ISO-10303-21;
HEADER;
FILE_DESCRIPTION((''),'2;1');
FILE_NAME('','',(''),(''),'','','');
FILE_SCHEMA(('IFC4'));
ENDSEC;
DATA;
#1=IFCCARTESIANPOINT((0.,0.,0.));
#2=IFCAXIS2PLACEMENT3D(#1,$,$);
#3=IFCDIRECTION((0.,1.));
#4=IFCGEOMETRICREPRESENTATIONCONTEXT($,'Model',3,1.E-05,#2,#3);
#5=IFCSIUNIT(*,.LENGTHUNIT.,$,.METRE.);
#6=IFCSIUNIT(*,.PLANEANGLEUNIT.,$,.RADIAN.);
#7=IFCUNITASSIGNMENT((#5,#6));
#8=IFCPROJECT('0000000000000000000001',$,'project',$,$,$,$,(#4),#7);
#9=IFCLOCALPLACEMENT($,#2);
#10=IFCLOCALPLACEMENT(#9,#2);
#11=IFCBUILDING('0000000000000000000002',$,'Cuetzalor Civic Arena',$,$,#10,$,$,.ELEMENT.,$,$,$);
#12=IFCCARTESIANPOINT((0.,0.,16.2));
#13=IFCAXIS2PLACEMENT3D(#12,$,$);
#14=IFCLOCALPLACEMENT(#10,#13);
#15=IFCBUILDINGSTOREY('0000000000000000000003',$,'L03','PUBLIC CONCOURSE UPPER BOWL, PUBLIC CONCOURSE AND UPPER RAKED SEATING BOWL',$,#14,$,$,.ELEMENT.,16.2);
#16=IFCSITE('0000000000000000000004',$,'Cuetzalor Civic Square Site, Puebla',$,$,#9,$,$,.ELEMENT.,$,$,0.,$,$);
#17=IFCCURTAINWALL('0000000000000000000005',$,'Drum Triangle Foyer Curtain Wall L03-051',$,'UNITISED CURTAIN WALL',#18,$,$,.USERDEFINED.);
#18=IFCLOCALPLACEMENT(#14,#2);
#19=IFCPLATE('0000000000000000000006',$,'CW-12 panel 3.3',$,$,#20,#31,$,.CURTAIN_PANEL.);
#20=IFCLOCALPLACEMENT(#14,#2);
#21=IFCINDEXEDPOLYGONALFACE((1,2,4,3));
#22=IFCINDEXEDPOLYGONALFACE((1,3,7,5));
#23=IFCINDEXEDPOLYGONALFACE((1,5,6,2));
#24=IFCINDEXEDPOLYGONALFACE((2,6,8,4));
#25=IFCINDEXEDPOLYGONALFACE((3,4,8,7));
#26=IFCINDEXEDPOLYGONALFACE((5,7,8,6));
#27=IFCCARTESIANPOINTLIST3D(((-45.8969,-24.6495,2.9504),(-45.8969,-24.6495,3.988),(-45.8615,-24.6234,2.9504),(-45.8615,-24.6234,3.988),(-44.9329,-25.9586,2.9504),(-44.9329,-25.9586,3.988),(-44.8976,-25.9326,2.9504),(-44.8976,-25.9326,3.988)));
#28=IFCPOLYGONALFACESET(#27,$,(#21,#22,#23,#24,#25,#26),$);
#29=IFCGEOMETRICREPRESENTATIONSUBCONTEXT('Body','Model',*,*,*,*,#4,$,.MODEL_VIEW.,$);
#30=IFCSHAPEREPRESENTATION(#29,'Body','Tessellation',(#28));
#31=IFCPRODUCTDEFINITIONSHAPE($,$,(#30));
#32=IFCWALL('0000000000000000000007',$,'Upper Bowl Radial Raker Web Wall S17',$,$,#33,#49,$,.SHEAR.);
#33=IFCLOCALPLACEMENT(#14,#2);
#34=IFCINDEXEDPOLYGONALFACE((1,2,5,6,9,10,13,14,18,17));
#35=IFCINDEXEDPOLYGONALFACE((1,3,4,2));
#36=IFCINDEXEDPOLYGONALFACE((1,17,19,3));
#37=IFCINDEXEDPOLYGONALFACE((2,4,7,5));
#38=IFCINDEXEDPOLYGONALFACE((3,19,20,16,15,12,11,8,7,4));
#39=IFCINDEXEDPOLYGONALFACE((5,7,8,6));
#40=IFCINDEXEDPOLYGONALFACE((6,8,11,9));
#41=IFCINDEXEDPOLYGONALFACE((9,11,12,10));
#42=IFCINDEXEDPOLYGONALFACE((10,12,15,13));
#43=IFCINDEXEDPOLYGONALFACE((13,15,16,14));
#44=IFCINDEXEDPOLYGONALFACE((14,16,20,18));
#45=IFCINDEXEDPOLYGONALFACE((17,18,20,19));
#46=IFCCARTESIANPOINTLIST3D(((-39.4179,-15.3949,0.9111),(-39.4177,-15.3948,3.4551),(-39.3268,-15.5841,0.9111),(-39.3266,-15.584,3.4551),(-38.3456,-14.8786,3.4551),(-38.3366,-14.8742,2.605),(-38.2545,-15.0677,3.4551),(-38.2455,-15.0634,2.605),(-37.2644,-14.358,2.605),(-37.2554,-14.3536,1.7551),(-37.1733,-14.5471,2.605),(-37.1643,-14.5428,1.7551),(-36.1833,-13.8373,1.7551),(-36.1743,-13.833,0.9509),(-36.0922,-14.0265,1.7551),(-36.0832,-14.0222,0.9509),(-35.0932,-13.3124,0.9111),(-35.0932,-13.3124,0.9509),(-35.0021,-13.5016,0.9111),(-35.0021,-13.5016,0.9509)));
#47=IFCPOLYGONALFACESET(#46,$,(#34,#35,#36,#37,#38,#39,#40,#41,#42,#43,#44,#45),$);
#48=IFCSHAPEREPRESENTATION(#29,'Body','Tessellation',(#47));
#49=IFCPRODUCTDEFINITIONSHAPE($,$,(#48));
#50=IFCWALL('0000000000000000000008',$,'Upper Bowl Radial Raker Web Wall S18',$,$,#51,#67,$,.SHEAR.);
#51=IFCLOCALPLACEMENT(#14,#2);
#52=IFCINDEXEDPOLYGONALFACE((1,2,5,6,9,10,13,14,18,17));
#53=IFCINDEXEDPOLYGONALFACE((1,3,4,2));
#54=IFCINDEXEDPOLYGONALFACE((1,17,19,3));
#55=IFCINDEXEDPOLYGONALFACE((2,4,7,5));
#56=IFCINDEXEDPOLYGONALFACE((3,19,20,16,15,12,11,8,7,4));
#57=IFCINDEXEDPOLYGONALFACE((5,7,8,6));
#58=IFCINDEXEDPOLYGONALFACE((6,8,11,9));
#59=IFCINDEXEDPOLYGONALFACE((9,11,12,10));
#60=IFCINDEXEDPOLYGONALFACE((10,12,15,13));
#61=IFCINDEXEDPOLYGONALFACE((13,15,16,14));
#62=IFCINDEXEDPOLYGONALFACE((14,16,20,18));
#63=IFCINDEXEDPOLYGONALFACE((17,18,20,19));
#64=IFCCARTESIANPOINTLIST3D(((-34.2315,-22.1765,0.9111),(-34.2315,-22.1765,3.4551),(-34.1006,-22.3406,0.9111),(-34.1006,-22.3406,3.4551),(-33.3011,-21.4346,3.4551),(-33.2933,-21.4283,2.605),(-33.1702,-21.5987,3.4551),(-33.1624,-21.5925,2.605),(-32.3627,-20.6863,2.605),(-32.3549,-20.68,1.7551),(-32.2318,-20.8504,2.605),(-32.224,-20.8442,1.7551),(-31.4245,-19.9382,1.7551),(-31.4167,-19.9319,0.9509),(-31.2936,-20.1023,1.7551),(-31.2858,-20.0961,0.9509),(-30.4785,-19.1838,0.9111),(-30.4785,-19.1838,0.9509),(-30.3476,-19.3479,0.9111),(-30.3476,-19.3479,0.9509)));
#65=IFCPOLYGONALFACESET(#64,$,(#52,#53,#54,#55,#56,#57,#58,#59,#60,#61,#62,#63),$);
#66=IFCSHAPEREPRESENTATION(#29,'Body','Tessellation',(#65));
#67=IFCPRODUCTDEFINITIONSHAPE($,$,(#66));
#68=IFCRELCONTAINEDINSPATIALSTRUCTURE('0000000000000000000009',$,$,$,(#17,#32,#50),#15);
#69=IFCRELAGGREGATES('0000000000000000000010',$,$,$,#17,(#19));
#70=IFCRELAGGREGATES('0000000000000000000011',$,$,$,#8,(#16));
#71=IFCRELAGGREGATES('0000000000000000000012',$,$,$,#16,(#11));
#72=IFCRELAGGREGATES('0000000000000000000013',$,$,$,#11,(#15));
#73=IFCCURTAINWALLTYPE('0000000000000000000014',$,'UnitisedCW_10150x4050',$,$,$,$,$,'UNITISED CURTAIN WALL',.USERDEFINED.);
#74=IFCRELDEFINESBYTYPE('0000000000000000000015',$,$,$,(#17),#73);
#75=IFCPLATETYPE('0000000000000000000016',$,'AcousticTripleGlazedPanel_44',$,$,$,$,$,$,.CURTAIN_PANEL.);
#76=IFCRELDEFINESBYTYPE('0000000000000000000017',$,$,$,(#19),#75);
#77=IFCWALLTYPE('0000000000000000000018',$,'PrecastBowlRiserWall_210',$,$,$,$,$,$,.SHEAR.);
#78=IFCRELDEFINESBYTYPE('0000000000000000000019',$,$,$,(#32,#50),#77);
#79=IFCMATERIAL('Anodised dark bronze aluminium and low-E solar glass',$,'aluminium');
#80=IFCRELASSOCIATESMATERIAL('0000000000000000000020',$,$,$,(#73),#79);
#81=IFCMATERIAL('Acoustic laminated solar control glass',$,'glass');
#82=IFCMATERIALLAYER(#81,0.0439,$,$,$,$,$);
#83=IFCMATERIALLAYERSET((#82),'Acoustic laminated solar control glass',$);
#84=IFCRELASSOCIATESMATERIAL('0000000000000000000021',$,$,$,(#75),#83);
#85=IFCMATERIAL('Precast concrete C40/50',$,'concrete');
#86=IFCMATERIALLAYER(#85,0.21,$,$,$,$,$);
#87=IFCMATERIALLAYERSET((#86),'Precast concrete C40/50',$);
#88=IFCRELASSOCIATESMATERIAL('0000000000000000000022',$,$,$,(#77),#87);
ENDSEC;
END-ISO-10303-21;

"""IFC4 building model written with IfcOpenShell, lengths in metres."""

from ifc_helpers import new_model, si_unit, direction, frame, origin, origin_2d, place, context, subcontext, project, spatial, polyline, rectangle, outline, extrude, material, layer, layer_set, type_object, element, aggregate, save


model = new_model("IFC4")

# Units and contexts
model_context = context("Model", 3, precision=1e-05, world=origin(), true_north=direction((0.0, 1.0)))
body_context = subcontext(model_context, "Body", "Model", "MODEL_VIEW")
ifc_project = project(units=[si_unit("LENGTHUNIT", "METRE"), si_unit("PLANEANGLEUNIT", "RADIAN")], contexts=[model_context])

# Site, building, storey
site_placement = place(None, origin())
site = spatial("IfcSite", under=ifc_project, at=site_placement, Name="Cuetzalor Civic Square Site, Puebla", CompositionType="ELEMENT", RefElevation=0.0)
building_placement = place(site_placement, origin())
building = spatial("IfcBuilding", under=site, at=building_placement, Name="Cuetzalor Civic Arena", CompositionType="ELEMENT")
storey_placement = place(building_placement, frame((0.0, 0.0, 16.2)))
storey = spatial("IfcBuildingStorey", under=building, at=storey_placement, Name="L03", Description="PUBLIC CONCOURSE UPPER BOWL, PUBLIC CONCOURSE AND UPPER RAKED SEATING BOWL", CompositionType="ELEMENT", Elevation=16.2)

# Curtain wall
ifc_material_1 = material(Name="Anodised dark bronze aluminium and low-E solar glass", Category="aluminium")
curtain_wall_type = type_object("IfcCurtainWallType", Name="UnitisedCW_10150x4050", ElementType="UNITISED CURTAIN WALL", PredefinedType="USERDEFINED", material=ifc_material_1)
curtain_wall_placement = place(storey_placement, origin())
curtain_wall = element("IfcCurtainWall", 1, at=curtain_wall_placement, inside=storey, type_object=curtain_wall_type, Name="Drum Triangle Foyer Curtain Wall L03-051", ObjectType="UNITISED CURTAIN WALL", PredefinedType="USERDEFINED")

# Plate
ifc_material_2 = material(Name="Acoustic laminated solar control glass", Category="glass")
ifc_layer_1 = layer(ifc_material_2, 0.0439)
ifc_layer_set_1 = layer_set([ifc_layer_1], Name="Acoustic laminated solar control glass")
plate_type = type_object("IfcPlateType", Name="AcousticTripleGlazedPanel_44", PredefinedType="CURTAIN_PANEL", material=ifc_layer_set_1)
plate_1_placement = place(storey_placement, frame((-45.3972, -25.291, 2.9504), z_axis=(0.0, 0.0, 1.0), x_axis=(-0.592929, 0.805255, 0.0)))
plate_1 = element("IfcPlate", 2, at=plate_1_placement, type_object=plate_type, Name="CW-12 panel 3.3", PredefinedType="CURTAIN_PANEL", context=body_context, shape_type="SweptSolid", body=[
    extrude(rectangle(XDim=1.6257, YDim=0.0439, at=origin_2d()), origin(), (0.0, 0.0, 1.0), 1.0376),
])
aggregate(curtain_wall, [plate_1])

# Walls
ifc_material_3 = material(Name="Precast concrete C40/50", Category="concrete")
ifc_layer_2 = layer(ifc_material_3, 0.21)
ifc_layer_set_2 = layer_set([ifc_layer_2], Name="Precast concrete C40/50")
wall_type = type_object("IfcWallType", Name="PrecastBowlRiserWall_210", PredefinedType="SHEAR", material=ifc_layer_set_2)
wall_1_placement = place(storey_placement, frame((-35.0476, -13.407, 0.9111), z_axis=(0.0, 0.0, 1.0), x_axis=(-0.900981, -0.433858, 0.0)))
element("IfcWall", 3, at=wall_1_placement, inside=storey, type_object=wall_type, Name="Upper Bowl Radial Raker Web Wall S17", PredefinedType="SHEAR", context=body_context, shape_type="SweptSolid", body=[
    extrude(outline(polyline([(0.0, 0.0), (4.8, 0.0), (4.7998, 2.5439), (3.6099, 2.5439), (3.5999, 1.6938), (2.4099, 1.6938), (2.3999, 0.844), (1.21, 0.844), (1.2, 0.0398), (0.0, 0.0398), (0.0, 0.0)])), frame((0.0, 0.105, 0.0), z_axis=(0.0, -1.0, 0.0), x_axis=(1.0, 0.0, 0.0)), (0.0, 0.0, 1.0), 0.21),
])
wall_2_placement = place(storey_placement, frame((-30.4131, -19.2659, 0.9111), z_axis=(0.0, 0.0, 1.0), x_axis=(-0.78185, -0.623466, 0.0)))
element("IfcWall", 4, at=wall_2_placement, inside=storey, type_object=wall_type, Name="Upper Bowl Radial Raker Web Wall S18", PredefinedType="SHEAR", context=body_context, shape_type="SweptSolid", body=[
    extrude(outline(polyline([(0.0, 0.0), (4.8, 0.0), (4.8, 2.5439), (3.6101, 2.5439), (3.6001, 1.6938), (2.4099, 1.6938), (2.3999, 0.844), (1.21, 0.844), (1.2, 0.0398), (0.0, 0.0398), (0.0, 0.0)])), frame((0.0, 0.105, 0.0), z_axis=(0.0, -1.0, 0.0), x_axis=(1.0, 0.0, 0.0)), (0.0, 0.0, 1.0), 0.21),
])

save(model, "model.ifc")
